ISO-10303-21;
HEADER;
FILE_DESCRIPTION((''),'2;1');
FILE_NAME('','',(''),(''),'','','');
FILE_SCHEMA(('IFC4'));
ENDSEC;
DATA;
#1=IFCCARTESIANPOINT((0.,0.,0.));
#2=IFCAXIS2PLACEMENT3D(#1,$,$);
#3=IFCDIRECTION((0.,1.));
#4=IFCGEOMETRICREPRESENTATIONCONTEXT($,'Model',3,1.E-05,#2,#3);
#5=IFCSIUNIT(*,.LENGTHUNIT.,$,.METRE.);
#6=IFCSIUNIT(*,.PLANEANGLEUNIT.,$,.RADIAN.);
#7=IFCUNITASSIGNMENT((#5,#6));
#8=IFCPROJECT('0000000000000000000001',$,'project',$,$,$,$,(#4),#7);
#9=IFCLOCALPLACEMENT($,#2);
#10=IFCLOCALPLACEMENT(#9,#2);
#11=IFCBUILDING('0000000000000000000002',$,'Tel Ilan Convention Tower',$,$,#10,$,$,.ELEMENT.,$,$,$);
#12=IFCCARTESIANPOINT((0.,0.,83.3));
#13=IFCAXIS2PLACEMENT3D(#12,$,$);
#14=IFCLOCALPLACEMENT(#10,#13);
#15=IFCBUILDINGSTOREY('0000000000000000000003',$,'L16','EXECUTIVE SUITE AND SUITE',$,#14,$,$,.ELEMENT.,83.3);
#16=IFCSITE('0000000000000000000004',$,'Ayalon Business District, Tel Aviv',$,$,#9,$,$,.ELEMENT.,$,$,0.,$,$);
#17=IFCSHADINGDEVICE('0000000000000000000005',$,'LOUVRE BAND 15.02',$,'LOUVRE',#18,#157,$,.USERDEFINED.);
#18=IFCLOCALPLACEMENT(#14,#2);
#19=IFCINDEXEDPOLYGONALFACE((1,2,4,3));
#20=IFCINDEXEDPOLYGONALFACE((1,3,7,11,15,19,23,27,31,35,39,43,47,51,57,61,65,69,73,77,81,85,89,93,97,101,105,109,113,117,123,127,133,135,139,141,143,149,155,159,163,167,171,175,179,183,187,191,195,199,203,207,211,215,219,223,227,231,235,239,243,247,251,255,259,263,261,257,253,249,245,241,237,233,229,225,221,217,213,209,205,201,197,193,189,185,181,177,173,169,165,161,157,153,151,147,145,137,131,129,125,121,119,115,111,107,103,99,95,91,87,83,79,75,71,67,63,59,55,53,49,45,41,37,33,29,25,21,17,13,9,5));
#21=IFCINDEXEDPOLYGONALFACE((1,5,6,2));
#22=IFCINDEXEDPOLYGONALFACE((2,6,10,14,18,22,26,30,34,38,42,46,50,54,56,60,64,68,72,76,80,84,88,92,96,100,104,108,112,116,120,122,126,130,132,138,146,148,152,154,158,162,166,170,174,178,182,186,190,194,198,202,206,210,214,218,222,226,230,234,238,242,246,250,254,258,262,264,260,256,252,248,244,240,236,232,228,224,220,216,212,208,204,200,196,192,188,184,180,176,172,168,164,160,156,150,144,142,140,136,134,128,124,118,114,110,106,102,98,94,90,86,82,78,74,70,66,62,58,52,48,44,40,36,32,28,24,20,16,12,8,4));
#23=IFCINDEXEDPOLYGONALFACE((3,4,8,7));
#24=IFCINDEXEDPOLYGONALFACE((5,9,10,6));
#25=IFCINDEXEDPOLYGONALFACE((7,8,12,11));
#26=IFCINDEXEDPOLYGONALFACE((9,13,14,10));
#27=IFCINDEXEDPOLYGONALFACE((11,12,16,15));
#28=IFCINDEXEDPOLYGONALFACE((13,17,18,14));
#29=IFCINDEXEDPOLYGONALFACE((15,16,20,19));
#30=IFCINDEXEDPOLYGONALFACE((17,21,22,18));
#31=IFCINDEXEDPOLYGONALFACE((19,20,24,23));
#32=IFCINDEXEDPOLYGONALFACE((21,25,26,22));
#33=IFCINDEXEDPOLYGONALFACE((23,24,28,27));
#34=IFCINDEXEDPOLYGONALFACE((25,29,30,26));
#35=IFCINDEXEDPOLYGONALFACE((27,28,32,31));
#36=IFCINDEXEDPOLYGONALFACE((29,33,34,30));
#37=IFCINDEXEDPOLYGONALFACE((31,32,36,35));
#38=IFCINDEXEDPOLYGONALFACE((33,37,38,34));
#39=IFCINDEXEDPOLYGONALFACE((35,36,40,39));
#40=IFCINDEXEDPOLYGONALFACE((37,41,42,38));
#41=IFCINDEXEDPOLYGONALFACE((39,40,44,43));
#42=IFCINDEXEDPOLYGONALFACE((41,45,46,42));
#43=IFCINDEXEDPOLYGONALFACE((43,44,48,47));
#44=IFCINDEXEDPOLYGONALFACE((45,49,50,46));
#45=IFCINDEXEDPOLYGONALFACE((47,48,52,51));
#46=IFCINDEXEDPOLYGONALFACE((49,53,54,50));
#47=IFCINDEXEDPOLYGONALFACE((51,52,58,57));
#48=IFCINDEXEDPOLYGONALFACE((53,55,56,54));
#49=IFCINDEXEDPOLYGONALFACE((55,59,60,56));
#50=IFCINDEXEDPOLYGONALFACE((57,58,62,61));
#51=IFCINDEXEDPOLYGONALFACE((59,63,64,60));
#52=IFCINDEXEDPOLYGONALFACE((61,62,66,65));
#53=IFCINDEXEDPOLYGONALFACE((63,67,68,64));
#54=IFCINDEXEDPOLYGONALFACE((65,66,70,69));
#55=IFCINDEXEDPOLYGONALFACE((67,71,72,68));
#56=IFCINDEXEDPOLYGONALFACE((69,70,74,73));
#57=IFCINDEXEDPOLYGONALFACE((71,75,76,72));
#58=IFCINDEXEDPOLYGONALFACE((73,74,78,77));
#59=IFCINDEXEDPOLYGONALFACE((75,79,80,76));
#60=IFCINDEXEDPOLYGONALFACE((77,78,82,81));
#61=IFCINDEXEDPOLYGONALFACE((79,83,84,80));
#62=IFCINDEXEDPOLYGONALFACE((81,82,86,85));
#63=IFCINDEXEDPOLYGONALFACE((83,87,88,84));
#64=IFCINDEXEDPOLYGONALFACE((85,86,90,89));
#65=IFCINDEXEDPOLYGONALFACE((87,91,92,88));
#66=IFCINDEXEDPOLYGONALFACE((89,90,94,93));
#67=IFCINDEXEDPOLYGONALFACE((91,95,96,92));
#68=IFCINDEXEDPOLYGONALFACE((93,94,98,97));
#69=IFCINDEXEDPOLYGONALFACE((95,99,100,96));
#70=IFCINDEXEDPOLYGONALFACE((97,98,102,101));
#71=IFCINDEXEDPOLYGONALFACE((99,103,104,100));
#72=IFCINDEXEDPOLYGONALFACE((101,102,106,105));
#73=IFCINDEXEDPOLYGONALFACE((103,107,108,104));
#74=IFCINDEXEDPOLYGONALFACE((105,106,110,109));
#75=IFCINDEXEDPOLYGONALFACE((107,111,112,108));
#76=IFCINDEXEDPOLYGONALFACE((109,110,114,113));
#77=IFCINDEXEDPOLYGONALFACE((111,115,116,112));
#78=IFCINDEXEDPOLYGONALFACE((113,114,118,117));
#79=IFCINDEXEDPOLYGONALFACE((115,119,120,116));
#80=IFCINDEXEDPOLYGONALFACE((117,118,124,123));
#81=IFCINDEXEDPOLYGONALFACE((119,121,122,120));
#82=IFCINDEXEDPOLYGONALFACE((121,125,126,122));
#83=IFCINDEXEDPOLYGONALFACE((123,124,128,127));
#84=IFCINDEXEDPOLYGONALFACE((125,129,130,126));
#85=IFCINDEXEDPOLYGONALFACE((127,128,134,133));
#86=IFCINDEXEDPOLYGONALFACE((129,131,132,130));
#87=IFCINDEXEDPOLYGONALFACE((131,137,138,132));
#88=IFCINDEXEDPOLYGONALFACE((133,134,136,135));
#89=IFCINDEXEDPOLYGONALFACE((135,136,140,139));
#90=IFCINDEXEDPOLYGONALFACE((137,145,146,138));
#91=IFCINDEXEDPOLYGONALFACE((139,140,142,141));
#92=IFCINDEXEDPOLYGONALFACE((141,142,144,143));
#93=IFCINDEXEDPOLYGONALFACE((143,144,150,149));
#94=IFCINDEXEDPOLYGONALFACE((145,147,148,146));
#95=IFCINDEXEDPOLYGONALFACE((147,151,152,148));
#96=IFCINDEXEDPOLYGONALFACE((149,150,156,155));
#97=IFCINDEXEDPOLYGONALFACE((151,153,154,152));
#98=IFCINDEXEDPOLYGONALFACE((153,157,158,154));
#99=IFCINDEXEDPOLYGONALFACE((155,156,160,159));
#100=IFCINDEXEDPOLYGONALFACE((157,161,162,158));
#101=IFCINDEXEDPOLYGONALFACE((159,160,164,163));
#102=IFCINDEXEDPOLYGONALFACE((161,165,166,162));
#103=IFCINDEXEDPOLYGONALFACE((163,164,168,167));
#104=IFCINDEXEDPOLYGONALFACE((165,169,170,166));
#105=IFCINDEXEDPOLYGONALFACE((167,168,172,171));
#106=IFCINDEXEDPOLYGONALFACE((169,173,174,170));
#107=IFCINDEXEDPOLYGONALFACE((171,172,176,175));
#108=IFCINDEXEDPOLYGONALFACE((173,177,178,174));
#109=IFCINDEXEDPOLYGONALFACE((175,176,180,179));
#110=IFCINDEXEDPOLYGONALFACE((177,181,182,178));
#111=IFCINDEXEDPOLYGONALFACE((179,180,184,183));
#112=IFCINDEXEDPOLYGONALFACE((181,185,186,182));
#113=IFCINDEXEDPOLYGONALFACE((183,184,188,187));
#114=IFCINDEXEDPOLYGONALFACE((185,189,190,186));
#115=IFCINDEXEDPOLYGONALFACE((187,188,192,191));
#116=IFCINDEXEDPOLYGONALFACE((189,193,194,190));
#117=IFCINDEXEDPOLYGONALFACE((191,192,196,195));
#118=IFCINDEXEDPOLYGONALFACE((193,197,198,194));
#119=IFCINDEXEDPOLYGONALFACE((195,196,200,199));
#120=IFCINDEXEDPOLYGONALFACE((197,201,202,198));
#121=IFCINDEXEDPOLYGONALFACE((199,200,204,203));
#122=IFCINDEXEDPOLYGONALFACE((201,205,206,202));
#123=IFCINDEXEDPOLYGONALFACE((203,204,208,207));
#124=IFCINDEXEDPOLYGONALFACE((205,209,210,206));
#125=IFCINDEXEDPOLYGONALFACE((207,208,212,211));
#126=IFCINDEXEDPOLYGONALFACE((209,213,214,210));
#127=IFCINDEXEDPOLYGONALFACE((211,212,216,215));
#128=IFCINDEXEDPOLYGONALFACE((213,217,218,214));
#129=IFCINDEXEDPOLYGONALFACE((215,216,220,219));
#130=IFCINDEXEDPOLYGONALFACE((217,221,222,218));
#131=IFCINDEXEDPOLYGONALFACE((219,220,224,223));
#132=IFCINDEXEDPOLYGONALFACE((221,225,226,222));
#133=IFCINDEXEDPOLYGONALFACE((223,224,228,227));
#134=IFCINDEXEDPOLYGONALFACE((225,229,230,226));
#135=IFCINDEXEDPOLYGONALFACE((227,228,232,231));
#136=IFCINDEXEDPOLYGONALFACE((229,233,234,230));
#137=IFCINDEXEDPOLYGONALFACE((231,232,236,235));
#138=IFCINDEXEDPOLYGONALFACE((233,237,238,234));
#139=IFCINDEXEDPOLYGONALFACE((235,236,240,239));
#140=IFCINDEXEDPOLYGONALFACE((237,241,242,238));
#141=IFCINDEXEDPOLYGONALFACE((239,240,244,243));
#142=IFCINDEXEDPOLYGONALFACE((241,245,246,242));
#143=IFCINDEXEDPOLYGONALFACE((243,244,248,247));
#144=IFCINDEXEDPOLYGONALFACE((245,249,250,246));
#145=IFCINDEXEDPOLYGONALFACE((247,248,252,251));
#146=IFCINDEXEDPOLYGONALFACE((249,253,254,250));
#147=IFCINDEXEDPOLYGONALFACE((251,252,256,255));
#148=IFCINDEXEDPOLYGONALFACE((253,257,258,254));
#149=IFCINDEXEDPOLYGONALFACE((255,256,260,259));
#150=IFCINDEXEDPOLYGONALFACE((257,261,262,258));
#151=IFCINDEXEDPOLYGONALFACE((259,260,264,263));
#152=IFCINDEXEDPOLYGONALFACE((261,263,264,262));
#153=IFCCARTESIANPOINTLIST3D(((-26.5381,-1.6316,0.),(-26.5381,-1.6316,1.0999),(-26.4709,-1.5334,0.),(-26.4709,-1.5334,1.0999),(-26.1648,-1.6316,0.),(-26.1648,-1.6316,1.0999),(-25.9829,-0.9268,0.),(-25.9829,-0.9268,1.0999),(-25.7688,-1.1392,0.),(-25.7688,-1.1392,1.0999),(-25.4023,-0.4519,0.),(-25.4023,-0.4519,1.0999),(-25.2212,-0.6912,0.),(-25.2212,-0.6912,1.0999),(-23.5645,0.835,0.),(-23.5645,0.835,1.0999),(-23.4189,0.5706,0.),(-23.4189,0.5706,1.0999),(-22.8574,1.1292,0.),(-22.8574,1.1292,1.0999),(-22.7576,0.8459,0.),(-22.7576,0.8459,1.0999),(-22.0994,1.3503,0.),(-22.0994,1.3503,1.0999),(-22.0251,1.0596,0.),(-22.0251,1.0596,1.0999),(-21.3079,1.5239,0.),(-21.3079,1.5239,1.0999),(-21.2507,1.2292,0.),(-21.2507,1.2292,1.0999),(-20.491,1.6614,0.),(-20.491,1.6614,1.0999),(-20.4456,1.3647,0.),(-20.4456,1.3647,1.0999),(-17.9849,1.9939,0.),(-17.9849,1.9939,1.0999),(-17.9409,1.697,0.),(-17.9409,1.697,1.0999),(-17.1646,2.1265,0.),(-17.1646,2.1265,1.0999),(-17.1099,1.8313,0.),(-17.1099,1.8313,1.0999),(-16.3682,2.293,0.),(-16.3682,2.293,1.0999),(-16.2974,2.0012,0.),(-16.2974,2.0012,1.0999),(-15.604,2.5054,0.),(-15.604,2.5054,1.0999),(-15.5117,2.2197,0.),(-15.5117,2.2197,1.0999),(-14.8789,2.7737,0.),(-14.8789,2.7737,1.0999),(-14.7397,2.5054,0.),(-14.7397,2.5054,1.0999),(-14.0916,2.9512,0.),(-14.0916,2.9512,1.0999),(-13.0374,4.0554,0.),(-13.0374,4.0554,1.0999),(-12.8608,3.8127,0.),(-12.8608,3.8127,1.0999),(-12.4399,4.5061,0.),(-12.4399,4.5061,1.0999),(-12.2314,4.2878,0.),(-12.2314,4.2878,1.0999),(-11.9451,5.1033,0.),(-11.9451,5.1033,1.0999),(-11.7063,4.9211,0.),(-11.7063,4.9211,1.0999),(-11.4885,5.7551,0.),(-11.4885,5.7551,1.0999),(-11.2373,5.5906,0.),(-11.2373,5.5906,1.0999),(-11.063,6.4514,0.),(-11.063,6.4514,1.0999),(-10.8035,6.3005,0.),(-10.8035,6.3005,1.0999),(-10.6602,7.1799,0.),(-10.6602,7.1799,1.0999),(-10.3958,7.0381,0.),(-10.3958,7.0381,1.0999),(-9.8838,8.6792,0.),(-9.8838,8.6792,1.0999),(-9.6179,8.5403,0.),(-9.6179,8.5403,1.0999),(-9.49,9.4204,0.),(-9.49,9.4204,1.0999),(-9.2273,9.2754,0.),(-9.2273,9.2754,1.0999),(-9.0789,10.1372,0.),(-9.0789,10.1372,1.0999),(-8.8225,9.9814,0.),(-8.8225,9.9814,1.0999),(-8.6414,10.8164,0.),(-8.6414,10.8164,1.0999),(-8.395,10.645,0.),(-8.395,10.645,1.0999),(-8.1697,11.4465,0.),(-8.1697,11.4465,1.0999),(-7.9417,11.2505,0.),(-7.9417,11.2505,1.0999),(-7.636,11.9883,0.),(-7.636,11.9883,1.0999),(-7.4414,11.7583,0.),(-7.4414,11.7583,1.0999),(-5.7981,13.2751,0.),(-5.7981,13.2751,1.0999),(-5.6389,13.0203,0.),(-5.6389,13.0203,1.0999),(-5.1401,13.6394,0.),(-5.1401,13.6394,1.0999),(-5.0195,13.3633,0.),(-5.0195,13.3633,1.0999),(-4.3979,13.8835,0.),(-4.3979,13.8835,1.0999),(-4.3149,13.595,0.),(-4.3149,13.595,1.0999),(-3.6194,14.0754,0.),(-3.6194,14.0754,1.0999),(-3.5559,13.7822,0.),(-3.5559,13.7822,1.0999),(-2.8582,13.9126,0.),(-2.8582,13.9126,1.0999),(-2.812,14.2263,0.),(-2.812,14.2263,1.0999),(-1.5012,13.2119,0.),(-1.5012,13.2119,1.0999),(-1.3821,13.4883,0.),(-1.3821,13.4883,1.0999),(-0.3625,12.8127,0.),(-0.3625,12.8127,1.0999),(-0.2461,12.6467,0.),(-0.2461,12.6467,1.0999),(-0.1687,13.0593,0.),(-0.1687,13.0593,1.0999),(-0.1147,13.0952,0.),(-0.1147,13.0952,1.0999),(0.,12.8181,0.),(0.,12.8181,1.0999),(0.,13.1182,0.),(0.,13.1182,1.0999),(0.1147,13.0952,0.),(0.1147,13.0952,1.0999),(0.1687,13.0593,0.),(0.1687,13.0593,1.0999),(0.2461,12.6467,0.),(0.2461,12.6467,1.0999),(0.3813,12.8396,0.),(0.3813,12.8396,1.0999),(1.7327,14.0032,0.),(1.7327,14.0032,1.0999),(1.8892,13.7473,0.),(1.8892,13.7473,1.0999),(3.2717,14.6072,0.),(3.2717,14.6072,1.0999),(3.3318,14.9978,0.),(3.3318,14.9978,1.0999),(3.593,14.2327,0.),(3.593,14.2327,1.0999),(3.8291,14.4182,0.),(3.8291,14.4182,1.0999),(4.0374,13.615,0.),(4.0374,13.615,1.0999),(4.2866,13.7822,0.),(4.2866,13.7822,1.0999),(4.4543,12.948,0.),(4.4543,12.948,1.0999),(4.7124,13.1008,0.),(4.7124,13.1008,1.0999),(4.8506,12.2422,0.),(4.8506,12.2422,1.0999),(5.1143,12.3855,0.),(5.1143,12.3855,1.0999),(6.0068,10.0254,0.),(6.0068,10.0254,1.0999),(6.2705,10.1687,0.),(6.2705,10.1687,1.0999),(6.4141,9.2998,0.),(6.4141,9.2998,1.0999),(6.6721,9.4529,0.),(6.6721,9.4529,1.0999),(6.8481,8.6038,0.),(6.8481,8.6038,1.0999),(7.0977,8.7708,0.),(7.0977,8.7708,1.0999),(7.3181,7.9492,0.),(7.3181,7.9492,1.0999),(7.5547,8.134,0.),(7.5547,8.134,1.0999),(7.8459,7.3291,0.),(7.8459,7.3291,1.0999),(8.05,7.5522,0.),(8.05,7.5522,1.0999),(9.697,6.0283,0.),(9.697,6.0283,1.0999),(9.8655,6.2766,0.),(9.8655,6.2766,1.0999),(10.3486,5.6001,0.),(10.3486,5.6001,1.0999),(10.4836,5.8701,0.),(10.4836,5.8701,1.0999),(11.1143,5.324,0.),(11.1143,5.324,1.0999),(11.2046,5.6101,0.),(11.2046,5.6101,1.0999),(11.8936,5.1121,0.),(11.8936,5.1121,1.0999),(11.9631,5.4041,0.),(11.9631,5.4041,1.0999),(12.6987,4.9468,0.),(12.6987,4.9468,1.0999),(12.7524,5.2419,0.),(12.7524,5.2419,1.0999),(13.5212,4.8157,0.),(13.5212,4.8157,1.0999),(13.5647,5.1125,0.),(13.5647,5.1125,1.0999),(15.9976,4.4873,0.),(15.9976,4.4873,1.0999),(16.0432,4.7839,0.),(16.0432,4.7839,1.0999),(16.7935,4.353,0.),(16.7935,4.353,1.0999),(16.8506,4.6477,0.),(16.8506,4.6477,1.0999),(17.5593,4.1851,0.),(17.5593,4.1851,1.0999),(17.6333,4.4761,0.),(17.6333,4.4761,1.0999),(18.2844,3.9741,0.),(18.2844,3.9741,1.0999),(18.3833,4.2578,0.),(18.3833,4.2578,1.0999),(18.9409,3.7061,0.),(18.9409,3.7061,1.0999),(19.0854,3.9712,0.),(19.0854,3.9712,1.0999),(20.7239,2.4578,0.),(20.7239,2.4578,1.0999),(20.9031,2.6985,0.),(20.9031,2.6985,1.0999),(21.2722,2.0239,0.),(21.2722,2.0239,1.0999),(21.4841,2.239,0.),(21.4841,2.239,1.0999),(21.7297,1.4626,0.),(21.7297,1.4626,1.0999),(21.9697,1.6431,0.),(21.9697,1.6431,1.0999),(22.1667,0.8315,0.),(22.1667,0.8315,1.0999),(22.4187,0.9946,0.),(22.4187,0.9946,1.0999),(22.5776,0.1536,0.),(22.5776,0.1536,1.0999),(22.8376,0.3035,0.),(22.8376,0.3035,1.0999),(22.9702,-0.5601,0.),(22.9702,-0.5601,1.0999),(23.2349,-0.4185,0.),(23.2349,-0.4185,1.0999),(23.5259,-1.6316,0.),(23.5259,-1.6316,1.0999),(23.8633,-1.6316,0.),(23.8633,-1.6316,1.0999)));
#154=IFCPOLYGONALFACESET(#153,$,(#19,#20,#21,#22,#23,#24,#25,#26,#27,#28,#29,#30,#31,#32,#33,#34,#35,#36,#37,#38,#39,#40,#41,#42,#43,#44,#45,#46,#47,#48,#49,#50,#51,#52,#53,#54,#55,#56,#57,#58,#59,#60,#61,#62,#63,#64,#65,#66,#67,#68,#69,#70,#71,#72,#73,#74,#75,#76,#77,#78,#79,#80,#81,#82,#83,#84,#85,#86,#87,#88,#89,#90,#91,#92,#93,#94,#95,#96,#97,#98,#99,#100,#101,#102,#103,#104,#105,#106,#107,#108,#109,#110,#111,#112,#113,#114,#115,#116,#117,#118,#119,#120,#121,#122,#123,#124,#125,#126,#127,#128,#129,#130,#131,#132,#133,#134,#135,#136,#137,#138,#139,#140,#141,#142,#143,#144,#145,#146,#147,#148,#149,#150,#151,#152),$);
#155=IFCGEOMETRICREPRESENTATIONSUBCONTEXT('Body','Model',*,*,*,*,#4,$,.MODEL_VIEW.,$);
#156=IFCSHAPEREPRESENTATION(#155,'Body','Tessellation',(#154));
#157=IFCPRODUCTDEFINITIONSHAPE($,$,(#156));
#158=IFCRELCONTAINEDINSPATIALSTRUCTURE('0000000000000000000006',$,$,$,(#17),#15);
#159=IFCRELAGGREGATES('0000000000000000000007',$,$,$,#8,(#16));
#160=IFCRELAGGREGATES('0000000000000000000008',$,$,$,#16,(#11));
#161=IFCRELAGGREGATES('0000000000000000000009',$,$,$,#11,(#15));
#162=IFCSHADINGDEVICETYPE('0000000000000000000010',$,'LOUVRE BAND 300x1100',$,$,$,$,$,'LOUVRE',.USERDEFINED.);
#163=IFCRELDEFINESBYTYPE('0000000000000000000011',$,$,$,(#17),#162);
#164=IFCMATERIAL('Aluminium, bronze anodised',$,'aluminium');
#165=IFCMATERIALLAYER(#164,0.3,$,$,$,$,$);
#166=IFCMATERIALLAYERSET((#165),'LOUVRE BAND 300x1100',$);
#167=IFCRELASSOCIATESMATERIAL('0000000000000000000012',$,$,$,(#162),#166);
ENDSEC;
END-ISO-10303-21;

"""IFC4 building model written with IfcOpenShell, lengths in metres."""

from ifc_helpers import new_model, si_unit, direction, frame, origin, place, context, subcontext, project, spatial, polyline, outline, extrude, material, layer, layer_set, type_object, element, save


model = new_model("IFC4")

# Units and contexts
model_context = context("Model", 3, precision=1e-05, world=origin(), true_north=direction((0.0, 1.0)))
body_context = subcontext(model_context, "Body", "Model", "MODEL_VIEW")
ifc_project = project(units=[si_unit("LENGTHUNIT", "METRE"), si_unit("PLANEANGLEUNIT", "RADIAN")], contexts=[model_context])

# Site, building, storey
site_placement = place(None, origin())
site = spatial("IfcSite", under=ifc_project, at=site_placement, Name="Ayalon Business District, Tel Aviv", CompositionType="ELEMENT", RefElevation=0.0)
building_placement = place(site_placement, origin())
building = spatial("IfcBuilding", under=site, at=building_placement, Name="Tel Ilan Convention Tower", CompositionType="ELEMENT")
storey_placement = place(building_placement, frame((0.0, 0.0, 83.3)))
storey = spatial("IfcBuildingStorey", under=building, at=storey_placement, Name="L16", Description="EXECUTIVE SUITE AND SUITE", CompositionType="ELEMENT", Elevation=83.3)

# Shading device
ifc_material_1 = material(Name="Aluminium, bronze anodised", Category="aluminium")
ifc_layer_1 = layer(ifc_material_1, 0.3)
ifc_layer_set_1 = layer_set([ifc_layer_1], Name="LOUVRE BAND 300x1100")
shading_device_type = type_object("IfcShadingDeviceType", Name="LOUVRE BAND 300x1100", ElementType="LOUVRE", PredefinedType="USERDEFINED", material=ifc_layer_set_1)
shading_device_1_placement = place(storey_placement, origin())
element("IfcShadingDevice", 1, at=shading_device_1_placement, inside=storey, type_object=shading_device_type, Name="LOUVRE BAND 15.02", ObjectType="LOUVRE", PredefinedType="USERDEFINED", context=body_context, shape_type="SweptSolid", body=[
    extrude(outline(polyline([(-26.4709, -1.5334), (-26.5381, -1.6316), (-26.1648, -1.6316), (-25.7688, -1.1392), (-25.2212, -0.6912), (-23.4189, 0.5706), (-22.7576, 0.8459), (-22.0251, 1.0596), (-21.2507, 1.2292), (-20.4456, 1.3647), (-17.9409, 1.697), (-17.1099, 1.8313), (-16.2974, 2.0012), (-15.5117, 2.2197), (-14.7397, 2.5054), (-14.0916, 2.9512), (-12.8608, 3.8127), (-12.2314, 4.2878), (-11.7063, 4.9211), (-11.2373, 5.5906), (-10.8035, 6.3005), (-10.3958, 7.0381), (-9.6179, 8.5403), (-9.2273, 9.2754), (-8.8225, 9.9814), (-8.395, 10.645), (-7.9417, 11.2505), (-7.4414, 11.7583), (-5.6389, 13.0203), (-5.0195, 13.3633), (-4.3149, 13.595), (-3.5559, 13.7822), (-2.8582, 13.9126), (-1.5012, 13.2119), (-0.3625, 12.8127), (-0.2461, 12.6467), (0.0, 12.8181), (0.2461, 12.6467), (0.3813, 12.8396), (1.8892, 13.7473), (3.2717, 14.6072), (3.593, 14.2327), (4.0374, 13.615), (4.4543, 12.948), (4.8506, 12.2422), (6.0068, 10.0254), (6.4141, 9.2998), (6.8481, 8.6038), (7.3181, 7.9492), (7.8459, 7.3291), (9.697, 6.0283), (10.3486, 5.6001), (11.1143, 5.324), (11.8936, 5.1121), (12.6987, 4.9468), (13.5212, 4.8157), (15.9976, 4.4873), (16.7935, 4.353), (17.5593, 4.1851), (18.2844, 3.9741), (18.9409, 3.7061), (20.7239, 2.4578), (21.2722, 2.0239), (21.7297, 1.4626), (22.1667, 0.8315), (22.5776, 0.1536), (22.9702, -0.5601), (23.5259, -1.6316), (23.8633, -1.6316), (23.2349, -0.4185), (22.8376, 0.3035), (22.4187, 0.9946), (21.9697, 1.6431), (21.4841, 2.239), (20.9031, 2.6985), (19.0854, 3.9712), (18.3833, 4.2578), (17.6333, 4.4761), (16.8506, 4.6477), (16.0432, 4.7839), (13.5647, 5.1125), (12.7524, 5.2419), (11.9631, 5.4041), (11.2046, 5.6101), (10.4836, 5.8701), (9.8655, 6.2766), (8.05, 7.5522), (7.5547, 8.134), (7.0977, 8.7708), (6.6721, 9.4529), (6.2705, 10.1687), (5.1143, 12.3855), (4.7124, 13.1008), (4.2866, 13.7822), (3.8291, 14.4182), (3.3318, 14.9978), (1.7327, 14.0032), (0.1687, 13.0593), (0.1147, 13.0952), (0.0, 13.1182), (-0.1147, 13.0952), (-0.1687, 13.0593), (-1.3821, 13.4883), (-2.812, 14.2263), (-3.6194, 14.0754), (-4.3979, 13.8835), (-5.1401, 13.6394), (-5.7981, 13.2751), (-7.636, 11.9883), (-8.1697, 11.4465), (-8.6414, 10.8164), (-9.0789, 10.1372), (-9.49, 9.4204), (-9.8838, 8.6792), (-10.6602, 7.1799), (-11.063, 6.4514), (-11.4885, 5.7551), (-11.9451, 5.1033), (-12.4399, 4.5061), (-13.0374, 4.0554), (-14.8789, 2.7737), (-15.604, 2.5054), (-16.3682, 2.293), (-17.1646, 2.1265), (-17.9849, 1.9939), (-20.491, 1.6614), (-21.3079, 1.5239), (-22.0994, 1.3503), (-22.8574, 1.1292), (-23.5645, 0.835), (-25.4023, -0.4519), (-25.9829, -0.9268), (-26.4709, -1.5334)])), origin(), (0.0, 0.0, 1.0), 1.0999),
])

save(model, "model.ifc")
